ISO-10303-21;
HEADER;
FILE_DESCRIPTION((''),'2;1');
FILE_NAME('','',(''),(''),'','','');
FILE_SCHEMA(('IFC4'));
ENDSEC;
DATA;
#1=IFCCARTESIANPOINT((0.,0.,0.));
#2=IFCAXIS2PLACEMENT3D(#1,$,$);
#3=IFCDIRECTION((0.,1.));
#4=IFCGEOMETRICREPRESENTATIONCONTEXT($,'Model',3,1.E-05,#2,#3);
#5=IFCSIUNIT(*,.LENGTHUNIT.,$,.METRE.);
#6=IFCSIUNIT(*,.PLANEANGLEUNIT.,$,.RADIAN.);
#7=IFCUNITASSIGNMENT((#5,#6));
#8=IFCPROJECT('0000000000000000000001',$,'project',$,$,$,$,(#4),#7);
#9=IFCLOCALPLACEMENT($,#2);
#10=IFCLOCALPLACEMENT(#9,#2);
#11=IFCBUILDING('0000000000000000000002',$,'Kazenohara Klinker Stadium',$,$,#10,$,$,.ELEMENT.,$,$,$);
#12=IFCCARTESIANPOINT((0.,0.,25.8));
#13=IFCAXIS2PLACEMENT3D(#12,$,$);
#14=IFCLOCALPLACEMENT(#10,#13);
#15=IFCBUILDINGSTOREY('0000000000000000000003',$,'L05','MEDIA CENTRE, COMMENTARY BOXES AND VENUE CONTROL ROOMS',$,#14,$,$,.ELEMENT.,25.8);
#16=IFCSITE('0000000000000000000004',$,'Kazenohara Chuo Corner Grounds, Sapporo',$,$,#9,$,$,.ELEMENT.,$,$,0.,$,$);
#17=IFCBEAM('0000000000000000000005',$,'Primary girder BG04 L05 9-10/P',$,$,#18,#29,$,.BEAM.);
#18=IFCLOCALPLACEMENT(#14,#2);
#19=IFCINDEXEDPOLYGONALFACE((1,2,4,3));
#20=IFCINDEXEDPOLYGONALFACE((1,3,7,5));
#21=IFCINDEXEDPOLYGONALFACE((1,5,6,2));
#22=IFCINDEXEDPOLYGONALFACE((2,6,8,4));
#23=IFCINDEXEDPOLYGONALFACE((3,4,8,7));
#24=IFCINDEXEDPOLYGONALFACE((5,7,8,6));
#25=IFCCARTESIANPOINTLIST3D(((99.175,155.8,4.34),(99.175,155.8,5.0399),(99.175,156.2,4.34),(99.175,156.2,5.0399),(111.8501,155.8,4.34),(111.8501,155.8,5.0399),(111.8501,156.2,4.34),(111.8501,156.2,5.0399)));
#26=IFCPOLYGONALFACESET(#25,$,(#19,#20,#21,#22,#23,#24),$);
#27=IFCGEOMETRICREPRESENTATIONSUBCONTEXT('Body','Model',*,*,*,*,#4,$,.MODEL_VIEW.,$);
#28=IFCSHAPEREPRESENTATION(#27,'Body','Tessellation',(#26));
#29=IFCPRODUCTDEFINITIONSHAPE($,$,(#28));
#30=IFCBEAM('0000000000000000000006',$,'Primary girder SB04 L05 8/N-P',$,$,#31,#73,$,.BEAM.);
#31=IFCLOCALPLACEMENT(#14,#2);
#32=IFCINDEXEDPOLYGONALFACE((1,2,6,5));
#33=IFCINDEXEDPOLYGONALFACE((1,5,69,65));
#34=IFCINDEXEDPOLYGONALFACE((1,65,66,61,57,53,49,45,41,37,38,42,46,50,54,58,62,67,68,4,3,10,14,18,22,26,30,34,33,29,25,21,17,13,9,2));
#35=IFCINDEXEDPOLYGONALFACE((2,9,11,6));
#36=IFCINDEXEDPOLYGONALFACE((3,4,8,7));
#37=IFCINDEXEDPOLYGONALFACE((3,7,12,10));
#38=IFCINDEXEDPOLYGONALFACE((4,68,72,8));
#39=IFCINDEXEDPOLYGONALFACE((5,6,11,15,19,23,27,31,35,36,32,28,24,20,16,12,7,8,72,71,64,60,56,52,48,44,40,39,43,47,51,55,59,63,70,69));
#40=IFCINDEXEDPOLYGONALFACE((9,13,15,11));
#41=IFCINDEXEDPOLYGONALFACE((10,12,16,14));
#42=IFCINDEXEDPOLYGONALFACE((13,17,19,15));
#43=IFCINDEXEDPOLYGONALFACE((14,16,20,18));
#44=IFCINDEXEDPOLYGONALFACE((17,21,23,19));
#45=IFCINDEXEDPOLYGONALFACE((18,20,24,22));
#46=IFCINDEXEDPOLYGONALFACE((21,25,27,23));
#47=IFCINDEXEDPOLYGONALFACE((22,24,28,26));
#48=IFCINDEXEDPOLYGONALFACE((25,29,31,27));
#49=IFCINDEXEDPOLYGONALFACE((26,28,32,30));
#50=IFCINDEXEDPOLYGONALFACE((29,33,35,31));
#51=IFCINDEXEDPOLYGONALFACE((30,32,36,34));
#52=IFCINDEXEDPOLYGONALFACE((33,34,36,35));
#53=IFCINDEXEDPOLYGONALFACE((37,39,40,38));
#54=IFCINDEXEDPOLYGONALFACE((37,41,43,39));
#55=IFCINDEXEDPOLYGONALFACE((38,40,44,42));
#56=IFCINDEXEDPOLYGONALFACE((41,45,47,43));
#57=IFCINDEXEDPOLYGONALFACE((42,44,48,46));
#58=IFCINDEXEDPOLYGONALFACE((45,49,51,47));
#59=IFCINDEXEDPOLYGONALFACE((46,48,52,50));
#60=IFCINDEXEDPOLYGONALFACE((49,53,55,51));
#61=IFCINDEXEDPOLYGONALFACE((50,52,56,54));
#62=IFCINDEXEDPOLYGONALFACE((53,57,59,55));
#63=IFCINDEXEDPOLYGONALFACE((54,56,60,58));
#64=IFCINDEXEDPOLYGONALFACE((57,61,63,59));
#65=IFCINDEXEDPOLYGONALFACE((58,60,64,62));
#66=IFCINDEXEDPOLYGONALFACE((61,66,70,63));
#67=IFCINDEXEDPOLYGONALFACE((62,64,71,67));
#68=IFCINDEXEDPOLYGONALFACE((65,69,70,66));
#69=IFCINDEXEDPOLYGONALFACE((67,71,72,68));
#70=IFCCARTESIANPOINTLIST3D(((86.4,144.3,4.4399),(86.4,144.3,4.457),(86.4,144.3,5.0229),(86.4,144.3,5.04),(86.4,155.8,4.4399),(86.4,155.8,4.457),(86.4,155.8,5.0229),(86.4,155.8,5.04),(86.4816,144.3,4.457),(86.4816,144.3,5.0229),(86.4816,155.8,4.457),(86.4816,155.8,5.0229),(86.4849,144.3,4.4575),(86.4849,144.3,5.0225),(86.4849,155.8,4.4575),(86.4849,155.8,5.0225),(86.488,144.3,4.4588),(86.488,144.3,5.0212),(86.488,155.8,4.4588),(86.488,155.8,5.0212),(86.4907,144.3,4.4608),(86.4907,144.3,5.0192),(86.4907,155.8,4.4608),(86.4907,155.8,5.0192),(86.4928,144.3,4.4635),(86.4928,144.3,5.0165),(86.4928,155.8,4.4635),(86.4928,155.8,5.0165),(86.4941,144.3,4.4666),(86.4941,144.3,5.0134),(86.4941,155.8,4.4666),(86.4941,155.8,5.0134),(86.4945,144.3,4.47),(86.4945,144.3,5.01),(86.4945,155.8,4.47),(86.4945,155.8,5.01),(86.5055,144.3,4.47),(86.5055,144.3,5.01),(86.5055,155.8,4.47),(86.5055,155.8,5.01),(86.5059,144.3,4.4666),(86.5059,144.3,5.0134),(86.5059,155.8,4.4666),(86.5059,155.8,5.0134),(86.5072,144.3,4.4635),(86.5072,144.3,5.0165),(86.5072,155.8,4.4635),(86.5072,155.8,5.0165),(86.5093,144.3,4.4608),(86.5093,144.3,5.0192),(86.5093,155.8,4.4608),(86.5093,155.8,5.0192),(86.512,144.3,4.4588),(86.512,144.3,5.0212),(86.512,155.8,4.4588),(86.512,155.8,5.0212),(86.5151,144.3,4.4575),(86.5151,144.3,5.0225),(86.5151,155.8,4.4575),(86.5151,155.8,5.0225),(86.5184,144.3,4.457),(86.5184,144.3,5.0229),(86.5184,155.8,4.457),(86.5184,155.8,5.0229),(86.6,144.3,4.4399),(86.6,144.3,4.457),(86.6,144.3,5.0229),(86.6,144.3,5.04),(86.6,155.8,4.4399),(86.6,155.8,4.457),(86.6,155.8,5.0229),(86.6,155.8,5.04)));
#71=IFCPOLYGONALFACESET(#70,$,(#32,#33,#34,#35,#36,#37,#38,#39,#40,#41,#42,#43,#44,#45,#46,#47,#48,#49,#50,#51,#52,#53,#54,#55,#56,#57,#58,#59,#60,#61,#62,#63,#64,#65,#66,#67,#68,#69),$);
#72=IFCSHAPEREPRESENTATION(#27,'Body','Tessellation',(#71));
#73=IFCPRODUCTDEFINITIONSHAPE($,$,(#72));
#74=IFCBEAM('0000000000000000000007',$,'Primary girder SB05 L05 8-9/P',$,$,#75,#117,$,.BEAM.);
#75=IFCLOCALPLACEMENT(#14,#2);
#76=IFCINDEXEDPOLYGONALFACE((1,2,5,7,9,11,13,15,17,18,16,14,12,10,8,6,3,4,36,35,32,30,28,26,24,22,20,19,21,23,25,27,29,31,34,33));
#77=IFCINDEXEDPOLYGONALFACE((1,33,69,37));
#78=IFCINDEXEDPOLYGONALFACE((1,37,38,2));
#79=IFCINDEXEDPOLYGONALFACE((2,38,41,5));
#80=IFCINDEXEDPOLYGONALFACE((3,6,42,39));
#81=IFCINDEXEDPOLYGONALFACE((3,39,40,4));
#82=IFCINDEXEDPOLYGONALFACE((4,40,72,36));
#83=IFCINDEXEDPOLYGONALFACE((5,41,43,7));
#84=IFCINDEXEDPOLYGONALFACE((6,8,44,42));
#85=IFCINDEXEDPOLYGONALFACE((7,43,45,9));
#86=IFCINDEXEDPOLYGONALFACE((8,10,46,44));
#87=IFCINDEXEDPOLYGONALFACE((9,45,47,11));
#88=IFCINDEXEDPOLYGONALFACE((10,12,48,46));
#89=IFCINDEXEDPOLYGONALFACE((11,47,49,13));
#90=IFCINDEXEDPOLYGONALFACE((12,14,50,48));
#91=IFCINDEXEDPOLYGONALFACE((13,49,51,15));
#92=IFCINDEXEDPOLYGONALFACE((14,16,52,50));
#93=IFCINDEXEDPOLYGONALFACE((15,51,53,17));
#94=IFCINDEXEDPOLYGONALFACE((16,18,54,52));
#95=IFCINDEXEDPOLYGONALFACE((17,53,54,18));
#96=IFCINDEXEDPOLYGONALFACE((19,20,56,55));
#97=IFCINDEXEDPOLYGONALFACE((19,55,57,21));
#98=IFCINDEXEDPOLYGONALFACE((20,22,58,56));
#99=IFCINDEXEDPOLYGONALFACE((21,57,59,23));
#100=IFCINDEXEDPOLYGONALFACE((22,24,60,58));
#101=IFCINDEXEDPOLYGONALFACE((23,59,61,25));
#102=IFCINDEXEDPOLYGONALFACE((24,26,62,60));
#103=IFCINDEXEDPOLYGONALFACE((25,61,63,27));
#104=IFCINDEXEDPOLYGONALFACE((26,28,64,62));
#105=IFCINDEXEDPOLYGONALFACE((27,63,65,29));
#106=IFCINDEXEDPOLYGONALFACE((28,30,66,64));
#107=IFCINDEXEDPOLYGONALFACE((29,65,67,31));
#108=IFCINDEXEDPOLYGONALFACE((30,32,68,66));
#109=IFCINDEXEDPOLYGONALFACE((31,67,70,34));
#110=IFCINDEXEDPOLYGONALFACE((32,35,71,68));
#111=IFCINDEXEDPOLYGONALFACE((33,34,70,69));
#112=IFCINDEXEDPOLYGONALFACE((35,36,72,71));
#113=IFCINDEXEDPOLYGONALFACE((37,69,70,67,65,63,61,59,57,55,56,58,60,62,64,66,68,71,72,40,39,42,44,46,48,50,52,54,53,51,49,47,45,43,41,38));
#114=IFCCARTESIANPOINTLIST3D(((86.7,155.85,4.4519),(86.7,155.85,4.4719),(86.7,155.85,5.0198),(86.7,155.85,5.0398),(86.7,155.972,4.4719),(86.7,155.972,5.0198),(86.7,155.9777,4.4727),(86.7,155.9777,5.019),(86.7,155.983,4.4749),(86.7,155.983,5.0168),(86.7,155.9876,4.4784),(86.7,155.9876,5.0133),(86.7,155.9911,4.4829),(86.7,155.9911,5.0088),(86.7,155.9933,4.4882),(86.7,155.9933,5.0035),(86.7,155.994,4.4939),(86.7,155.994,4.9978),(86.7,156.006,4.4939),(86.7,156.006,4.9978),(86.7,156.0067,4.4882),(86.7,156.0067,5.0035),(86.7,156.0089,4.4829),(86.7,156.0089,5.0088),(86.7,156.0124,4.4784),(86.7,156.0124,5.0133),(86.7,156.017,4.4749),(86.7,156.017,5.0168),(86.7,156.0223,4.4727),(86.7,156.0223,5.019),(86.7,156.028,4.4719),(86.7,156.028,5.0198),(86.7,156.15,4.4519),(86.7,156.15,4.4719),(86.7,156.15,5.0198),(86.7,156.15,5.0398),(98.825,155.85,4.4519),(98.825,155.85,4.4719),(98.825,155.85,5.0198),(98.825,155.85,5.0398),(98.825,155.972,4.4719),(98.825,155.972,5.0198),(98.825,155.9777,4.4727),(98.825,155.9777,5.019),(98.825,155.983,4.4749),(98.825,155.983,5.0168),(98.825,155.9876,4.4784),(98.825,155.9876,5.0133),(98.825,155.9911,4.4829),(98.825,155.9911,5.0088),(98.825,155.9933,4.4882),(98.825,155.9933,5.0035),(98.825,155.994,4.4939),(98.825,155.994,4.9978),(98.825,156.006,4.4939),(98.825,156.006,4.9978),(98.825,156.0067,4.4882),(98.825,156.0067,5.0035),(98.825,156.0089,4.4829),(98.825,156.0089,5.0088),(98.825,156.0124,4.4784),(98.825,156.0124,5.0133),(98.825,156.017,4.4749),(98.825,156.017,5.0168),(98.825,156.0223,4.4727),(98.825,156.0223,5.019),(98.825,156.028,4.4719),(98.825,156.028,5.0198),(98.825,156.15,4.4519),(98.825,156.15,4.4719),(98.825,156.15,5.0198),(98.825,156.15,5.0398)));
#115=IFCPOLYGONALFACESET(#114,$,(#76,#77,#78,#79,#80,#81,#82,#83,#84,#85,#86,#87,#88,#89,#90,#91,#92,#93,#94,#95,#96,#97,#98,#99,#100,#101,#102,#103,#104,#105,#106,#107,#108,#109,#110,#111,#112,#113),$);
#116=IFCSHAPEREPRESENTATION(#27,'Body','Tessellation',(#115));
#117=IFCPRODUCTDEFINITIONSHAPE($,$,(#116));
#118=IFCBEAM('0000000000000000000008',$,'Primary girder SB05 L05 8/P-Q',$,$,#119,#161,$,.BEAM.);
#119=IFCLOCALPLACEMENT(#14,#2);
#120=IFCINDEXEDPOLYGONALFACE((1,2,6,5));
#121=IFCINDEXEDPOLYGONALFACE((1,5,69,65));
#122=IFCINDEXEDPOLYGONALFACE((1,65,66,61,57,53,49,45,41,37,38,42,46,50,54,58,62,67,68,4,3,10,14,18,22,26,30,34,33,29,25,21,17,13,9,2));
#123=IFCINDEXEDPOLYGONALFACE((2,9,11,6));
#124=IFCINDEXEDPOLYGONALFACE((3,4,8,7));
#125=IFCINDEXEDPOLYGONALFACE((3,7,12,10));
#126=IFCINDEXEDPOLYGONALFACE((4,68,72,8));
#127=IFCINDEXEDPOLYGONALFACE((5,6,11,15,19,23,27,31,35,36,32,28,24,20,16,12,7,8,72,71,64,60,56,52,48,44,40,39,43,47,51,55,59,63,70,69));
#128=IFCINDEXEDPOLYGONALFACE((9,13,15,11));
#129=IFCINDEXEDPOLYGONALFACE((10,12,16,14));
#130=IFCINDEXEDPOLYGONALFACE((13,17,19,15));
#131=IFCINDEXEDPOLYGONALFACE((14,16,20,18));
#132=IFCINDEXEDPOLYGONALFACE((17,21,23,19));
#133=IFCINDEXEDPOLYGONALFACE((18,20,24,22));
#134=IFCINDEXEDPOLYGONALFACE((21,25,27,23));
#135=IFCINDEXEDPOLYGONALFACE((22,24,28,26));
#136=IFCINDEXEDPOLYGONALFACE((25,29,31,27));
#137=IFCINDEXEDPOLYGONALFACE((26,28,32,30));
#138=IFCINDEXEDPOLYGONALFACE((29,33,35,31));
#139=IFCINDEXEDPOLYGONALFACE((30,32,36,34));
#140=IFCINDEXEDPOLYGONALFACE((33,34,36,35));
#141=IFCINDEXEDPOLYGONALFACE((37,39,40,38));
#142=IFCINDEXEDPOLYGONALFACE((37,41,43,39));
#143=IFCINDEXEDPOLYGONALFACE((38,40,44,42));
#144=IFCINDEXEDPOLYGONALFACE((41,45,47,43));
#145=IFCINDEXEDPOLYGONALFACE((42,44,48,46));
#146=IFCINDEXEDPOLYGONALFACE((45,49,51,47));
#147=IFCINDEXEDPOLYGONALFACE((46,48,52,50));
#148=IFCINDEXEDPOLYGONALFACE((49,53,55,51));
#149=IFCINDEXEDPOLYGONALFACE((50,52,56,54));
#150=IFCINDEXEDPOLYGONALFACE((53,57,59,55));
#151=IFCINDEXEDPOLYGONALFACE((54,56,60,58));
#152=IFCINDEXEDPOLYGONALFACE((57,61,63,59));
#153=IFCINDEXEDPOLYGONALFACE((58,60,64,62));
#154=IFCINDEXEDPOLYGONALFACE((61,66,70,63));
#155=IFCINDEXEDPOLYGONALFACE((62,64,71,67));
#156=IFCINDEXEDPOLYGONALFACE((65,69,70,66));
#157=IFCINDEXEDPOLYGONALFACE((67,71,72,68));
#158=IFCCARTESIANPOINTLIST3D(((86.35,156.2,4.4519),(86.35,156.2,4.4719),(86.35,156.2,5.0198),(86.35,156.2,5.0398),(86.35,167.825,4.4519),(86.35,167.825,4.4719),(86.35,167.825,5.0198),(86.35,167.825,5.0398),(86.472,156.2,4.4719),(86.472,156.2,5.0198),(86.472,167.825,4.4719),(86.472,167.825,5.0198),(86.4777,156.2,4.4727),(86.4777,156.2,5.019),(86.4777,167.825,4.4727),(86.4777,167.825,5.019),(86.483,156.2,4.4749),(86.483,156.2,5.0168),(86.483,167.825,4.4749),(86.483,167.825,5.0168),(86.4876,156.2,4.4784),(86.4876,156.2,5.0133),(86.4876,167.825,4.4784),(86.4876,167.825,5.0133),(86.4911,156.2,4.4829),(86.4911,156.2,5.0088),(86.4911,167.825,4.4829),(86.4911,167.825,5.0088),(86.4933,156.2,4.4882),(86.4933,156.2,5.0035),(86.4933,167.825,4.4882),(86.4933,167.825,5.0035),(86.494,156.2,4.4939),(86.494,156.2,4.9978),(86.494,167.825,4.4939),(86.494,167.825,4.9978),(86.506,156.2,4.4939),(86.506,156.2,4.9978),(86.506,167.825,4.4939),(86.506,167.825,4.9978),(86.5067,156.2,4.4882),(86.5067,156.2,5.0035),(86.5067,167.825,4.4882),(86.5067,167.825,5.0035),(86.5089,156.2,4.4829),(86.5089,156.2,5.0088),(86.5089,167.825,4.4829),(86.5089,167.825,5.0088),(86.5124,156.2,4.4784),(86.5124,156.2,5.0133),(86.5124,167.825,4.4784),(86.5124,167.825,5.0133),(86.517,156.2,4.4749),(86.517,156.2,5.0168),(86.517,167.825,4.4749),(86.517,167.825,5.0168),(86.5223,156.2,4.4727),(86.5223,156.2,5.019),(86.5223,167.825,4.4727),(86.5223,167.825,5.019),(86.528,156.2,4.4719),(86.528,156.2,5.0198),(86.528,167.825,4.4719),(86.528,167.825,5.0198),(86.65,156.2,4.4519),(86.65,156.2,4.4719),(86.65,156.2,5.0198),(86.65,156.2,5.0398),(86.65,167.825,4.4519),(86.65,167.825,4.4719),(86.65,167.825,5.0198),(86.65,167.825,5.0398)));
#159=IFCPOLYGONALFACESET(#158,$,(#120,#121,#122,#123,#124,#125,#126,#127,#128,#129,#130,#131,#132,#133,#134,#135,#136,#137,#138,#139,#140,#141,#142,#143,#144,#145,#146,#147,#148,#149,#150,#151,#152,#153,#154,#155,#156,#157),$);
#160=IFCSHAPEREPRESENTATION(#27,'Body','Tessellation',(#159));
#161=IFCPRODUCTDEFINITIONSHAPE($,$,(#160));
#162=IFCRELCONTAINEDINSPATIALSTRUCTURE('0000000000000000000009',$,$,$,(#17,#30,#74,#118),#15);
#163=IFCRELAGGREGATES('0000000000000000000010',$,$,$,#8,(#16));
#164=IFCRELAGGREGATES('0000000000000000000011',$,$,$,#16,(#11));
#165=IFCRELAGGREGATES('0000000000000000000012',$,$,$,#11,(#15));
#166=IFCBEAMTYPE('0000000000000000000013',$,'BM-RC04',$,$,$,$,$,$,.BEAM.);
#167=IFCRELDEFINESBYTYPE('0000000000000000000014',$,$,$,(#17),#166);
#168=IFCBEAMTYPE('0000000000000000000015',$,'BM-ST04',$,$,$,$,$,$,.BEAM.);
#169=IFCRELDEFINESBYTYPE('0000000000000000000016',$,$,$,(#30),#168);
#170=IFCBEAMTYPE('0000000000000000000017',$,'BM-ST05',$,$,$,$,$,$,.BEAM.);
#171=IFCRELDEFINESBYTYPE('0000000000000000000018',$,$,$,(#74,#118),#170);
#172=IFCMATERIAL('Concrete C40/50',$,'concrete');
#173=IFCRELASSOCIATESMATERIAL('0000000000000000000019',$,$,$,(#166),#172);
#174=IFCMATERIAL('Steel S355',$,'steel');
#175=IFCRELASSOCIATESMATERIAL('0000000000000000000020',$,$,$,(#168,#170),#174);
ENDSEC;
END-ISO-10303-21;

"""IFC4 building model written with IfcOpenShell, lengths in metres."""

from ifc_helpers import new_model, si_unit, direction, frame, origin, origin_2d, place, context, subcontext, project, spatial, rectangle, i_section, extrude, material, material_profile, profile_set, type_object, element, save


model = new_model("IFC4")

# Units and contexts
model_context = context("Model", 3, precision=1e-05, world=origin(), true_north=direction((0.0, 1.0)))
body_context = subcontext(model_context, "Body", "Model", "MODEL_VIEW")
ifc_project = project(units=[si_unit("LENGTHUNIT", "METRE"), si_unit("PLANEANGLEUNIT", "RADIAN")], contexts=[model_context])

# Site, building, storey
site_placement = place(None, origin())
site = spatial("IfcSite", under=ifc_project, at=site_placement, Name="Kazenohara Chuo Corner Grounds, Sapporo", CompositionType="ELEMENT", RefElevation=0.0)
building_placement = place(site_placement, origin())
building = spatial("IfcBuilding", under=site, at=building_placement, Name="Kazenohara Klinker Stadium", CompositionType="ELEMENT")
storey_placement = place(building_placement, frame((0.0, 0.0, 25.8)))
storey = spatial("IfcBuildingStorey", under=building, at=storey_placement, Name="L05", Description="MEDIA CENTRE, COMMENTARY BOXES AND VENUE CONTROL ROOMS", CompositionType="ELEMENT", Elevation=25.8)

# Shared definitions
ifc_material_1 = material(Name="Concrete C40/50", Category="concrete")
ifc_material_2 = material(Name="Steel S355", Category="steel")

# Beams
ifc_material_profile_1 = material_profile(ifc_material_1, rectangle(XDim=0.3999, YDim=0.7, at=origin_2d()), Name="RC-BM-400x700")
ifc_profile_set_1 = profile_set([ifc_material_profile_1], Name="Concrete C40/50")
beam_type_1 = type_object("IfcBeamType", Name="BM-RC04", PredefinedType="BEAM", material=ifc_profile_set_1)
beam_1_placement = place(storey_placement, frame((99.175, 156.0, 4.6899), z_axis=(1.0, 0.0, 0.0), x_axis=(0.0, 1.0, 0.0)))
element("IfcBeam", 1, at=beam_1_placement, inside=storey, type_object=beam_type_1, Name="Primary girder BG04 L05 9-10/P", PredefinedType="BEAM", context=body_context, shape_type="SweptSolid", body=[
    extrude(rectangle(XDim=0.3999, YDim=0.7, at=origin_2d()), origin(), (0.0, 0.0, 1.0), 12.675),
])
ifc_material_profile_2 = material_profile(ifc_material_2, i_section(OverallWidth=0.2, OverallDepth=0.6001, WebThickness=0.011, FlangeThickness=0.0171, FilletRadius=0.0129, at=origin_2d()), Name="H-600x200x11x17")
ifc_profile_set_2 = profile_set([ifc_material_profile_2], Name="Steel S355")
beam_type_2 = type_object("IfcBeamType", Name="BM-ST04", PredefinedType="BEAM", material=ifc_profile_set_2)
beam_2_placement = place(storey_placement, frame((86.5, 144.3, 4.74), z_axis=(0.0, 1.0, 0.0), x_axis=(-1.0, 0.0, 0.0)))
element("IfcBeam", 2, at=beam_2_placement, inside=storey, type_object=beam_type_2, Name="Primary girder SB04 L05 8/N-P", PredefinedType="BEAM", context=body_context, shape_type="SweptSolid", body=[
    extrude(i_section(OverallWidth=0.2, OverallDepth=0.6001, WebThickness=0.011, FlangeThickness=0.0171, FilletRadius=0.0129, at=origin_2d()), origin(), (0.0, 0.0, 1.0), 11.5),
])
ifc_material_profile_3 = material_profile(ifc_material_2, i_section(OverallWidth=0.3, OverallDepth=0.5879, WebThickness=0.012, FlangeThickness=0.02, FilletRadius=0.022, at=origin_2d()), Name="H-588x300x12x20")
ifc_profile_set_3 = profile_set([ifc_material_profile_3], Name="Steel S355")
beam_type_3 = type_object("IfcBeamType", Name="BM-ST05", PredefinedType="BEAM", material=ifc_profile_set_3)
beam_3_placement = place(storey_placement, frame((86.7, 156.0, 4.7458), z_axis=(1.0, 0.0, 0.0), x_axis=(0.0, 1.0, 0.0)))
element("IfcBeam", 3, at=beam_3_placement, inside=storey, type_object=beam_type_3, Name="Primary girder SB05 L05 8-9/P", PredefinedType="BEAM", context=body_context, shape_type="SweptSolid", body=[
    extrude(i_section(OverallWidth=0.3, OverallDepth=0.5879, WebThickness=0.012, FlangeThickness=0.02, FilletRadius=0.022, at=origin_2d()), origin(), (0.0, 0.0, 1.0), 12.125),
])
for number, where, z_axis, x_axis, name in (
    (4, (86.5, 156.2, 4.7458), (0.0, 1.0, 0.0), (-1.0, 0.0, 0.0), "Primary girder SB05 L05 8/P-Q"),
):
    element("IfcBeam", number, at=place(storey_placement, frame(where, z_axis=z_axis, x_axis=x_axis)), inside=storey, type_object=beam_type_3, Name=name, PredefinedType="BEAM", context=body_context, shape_type="SweptSolid", body=[
        extrude(i_section(OverallWidth=0.3, OverallDepth=0.5879, WebThickness=0.012, FlangeThickness=0.02, FilletRadius=0.022, at=origin_2d()), origin(), (0.0, 0.0, 1.0), 11.625),
    ])

save(model, "model.ifc")
